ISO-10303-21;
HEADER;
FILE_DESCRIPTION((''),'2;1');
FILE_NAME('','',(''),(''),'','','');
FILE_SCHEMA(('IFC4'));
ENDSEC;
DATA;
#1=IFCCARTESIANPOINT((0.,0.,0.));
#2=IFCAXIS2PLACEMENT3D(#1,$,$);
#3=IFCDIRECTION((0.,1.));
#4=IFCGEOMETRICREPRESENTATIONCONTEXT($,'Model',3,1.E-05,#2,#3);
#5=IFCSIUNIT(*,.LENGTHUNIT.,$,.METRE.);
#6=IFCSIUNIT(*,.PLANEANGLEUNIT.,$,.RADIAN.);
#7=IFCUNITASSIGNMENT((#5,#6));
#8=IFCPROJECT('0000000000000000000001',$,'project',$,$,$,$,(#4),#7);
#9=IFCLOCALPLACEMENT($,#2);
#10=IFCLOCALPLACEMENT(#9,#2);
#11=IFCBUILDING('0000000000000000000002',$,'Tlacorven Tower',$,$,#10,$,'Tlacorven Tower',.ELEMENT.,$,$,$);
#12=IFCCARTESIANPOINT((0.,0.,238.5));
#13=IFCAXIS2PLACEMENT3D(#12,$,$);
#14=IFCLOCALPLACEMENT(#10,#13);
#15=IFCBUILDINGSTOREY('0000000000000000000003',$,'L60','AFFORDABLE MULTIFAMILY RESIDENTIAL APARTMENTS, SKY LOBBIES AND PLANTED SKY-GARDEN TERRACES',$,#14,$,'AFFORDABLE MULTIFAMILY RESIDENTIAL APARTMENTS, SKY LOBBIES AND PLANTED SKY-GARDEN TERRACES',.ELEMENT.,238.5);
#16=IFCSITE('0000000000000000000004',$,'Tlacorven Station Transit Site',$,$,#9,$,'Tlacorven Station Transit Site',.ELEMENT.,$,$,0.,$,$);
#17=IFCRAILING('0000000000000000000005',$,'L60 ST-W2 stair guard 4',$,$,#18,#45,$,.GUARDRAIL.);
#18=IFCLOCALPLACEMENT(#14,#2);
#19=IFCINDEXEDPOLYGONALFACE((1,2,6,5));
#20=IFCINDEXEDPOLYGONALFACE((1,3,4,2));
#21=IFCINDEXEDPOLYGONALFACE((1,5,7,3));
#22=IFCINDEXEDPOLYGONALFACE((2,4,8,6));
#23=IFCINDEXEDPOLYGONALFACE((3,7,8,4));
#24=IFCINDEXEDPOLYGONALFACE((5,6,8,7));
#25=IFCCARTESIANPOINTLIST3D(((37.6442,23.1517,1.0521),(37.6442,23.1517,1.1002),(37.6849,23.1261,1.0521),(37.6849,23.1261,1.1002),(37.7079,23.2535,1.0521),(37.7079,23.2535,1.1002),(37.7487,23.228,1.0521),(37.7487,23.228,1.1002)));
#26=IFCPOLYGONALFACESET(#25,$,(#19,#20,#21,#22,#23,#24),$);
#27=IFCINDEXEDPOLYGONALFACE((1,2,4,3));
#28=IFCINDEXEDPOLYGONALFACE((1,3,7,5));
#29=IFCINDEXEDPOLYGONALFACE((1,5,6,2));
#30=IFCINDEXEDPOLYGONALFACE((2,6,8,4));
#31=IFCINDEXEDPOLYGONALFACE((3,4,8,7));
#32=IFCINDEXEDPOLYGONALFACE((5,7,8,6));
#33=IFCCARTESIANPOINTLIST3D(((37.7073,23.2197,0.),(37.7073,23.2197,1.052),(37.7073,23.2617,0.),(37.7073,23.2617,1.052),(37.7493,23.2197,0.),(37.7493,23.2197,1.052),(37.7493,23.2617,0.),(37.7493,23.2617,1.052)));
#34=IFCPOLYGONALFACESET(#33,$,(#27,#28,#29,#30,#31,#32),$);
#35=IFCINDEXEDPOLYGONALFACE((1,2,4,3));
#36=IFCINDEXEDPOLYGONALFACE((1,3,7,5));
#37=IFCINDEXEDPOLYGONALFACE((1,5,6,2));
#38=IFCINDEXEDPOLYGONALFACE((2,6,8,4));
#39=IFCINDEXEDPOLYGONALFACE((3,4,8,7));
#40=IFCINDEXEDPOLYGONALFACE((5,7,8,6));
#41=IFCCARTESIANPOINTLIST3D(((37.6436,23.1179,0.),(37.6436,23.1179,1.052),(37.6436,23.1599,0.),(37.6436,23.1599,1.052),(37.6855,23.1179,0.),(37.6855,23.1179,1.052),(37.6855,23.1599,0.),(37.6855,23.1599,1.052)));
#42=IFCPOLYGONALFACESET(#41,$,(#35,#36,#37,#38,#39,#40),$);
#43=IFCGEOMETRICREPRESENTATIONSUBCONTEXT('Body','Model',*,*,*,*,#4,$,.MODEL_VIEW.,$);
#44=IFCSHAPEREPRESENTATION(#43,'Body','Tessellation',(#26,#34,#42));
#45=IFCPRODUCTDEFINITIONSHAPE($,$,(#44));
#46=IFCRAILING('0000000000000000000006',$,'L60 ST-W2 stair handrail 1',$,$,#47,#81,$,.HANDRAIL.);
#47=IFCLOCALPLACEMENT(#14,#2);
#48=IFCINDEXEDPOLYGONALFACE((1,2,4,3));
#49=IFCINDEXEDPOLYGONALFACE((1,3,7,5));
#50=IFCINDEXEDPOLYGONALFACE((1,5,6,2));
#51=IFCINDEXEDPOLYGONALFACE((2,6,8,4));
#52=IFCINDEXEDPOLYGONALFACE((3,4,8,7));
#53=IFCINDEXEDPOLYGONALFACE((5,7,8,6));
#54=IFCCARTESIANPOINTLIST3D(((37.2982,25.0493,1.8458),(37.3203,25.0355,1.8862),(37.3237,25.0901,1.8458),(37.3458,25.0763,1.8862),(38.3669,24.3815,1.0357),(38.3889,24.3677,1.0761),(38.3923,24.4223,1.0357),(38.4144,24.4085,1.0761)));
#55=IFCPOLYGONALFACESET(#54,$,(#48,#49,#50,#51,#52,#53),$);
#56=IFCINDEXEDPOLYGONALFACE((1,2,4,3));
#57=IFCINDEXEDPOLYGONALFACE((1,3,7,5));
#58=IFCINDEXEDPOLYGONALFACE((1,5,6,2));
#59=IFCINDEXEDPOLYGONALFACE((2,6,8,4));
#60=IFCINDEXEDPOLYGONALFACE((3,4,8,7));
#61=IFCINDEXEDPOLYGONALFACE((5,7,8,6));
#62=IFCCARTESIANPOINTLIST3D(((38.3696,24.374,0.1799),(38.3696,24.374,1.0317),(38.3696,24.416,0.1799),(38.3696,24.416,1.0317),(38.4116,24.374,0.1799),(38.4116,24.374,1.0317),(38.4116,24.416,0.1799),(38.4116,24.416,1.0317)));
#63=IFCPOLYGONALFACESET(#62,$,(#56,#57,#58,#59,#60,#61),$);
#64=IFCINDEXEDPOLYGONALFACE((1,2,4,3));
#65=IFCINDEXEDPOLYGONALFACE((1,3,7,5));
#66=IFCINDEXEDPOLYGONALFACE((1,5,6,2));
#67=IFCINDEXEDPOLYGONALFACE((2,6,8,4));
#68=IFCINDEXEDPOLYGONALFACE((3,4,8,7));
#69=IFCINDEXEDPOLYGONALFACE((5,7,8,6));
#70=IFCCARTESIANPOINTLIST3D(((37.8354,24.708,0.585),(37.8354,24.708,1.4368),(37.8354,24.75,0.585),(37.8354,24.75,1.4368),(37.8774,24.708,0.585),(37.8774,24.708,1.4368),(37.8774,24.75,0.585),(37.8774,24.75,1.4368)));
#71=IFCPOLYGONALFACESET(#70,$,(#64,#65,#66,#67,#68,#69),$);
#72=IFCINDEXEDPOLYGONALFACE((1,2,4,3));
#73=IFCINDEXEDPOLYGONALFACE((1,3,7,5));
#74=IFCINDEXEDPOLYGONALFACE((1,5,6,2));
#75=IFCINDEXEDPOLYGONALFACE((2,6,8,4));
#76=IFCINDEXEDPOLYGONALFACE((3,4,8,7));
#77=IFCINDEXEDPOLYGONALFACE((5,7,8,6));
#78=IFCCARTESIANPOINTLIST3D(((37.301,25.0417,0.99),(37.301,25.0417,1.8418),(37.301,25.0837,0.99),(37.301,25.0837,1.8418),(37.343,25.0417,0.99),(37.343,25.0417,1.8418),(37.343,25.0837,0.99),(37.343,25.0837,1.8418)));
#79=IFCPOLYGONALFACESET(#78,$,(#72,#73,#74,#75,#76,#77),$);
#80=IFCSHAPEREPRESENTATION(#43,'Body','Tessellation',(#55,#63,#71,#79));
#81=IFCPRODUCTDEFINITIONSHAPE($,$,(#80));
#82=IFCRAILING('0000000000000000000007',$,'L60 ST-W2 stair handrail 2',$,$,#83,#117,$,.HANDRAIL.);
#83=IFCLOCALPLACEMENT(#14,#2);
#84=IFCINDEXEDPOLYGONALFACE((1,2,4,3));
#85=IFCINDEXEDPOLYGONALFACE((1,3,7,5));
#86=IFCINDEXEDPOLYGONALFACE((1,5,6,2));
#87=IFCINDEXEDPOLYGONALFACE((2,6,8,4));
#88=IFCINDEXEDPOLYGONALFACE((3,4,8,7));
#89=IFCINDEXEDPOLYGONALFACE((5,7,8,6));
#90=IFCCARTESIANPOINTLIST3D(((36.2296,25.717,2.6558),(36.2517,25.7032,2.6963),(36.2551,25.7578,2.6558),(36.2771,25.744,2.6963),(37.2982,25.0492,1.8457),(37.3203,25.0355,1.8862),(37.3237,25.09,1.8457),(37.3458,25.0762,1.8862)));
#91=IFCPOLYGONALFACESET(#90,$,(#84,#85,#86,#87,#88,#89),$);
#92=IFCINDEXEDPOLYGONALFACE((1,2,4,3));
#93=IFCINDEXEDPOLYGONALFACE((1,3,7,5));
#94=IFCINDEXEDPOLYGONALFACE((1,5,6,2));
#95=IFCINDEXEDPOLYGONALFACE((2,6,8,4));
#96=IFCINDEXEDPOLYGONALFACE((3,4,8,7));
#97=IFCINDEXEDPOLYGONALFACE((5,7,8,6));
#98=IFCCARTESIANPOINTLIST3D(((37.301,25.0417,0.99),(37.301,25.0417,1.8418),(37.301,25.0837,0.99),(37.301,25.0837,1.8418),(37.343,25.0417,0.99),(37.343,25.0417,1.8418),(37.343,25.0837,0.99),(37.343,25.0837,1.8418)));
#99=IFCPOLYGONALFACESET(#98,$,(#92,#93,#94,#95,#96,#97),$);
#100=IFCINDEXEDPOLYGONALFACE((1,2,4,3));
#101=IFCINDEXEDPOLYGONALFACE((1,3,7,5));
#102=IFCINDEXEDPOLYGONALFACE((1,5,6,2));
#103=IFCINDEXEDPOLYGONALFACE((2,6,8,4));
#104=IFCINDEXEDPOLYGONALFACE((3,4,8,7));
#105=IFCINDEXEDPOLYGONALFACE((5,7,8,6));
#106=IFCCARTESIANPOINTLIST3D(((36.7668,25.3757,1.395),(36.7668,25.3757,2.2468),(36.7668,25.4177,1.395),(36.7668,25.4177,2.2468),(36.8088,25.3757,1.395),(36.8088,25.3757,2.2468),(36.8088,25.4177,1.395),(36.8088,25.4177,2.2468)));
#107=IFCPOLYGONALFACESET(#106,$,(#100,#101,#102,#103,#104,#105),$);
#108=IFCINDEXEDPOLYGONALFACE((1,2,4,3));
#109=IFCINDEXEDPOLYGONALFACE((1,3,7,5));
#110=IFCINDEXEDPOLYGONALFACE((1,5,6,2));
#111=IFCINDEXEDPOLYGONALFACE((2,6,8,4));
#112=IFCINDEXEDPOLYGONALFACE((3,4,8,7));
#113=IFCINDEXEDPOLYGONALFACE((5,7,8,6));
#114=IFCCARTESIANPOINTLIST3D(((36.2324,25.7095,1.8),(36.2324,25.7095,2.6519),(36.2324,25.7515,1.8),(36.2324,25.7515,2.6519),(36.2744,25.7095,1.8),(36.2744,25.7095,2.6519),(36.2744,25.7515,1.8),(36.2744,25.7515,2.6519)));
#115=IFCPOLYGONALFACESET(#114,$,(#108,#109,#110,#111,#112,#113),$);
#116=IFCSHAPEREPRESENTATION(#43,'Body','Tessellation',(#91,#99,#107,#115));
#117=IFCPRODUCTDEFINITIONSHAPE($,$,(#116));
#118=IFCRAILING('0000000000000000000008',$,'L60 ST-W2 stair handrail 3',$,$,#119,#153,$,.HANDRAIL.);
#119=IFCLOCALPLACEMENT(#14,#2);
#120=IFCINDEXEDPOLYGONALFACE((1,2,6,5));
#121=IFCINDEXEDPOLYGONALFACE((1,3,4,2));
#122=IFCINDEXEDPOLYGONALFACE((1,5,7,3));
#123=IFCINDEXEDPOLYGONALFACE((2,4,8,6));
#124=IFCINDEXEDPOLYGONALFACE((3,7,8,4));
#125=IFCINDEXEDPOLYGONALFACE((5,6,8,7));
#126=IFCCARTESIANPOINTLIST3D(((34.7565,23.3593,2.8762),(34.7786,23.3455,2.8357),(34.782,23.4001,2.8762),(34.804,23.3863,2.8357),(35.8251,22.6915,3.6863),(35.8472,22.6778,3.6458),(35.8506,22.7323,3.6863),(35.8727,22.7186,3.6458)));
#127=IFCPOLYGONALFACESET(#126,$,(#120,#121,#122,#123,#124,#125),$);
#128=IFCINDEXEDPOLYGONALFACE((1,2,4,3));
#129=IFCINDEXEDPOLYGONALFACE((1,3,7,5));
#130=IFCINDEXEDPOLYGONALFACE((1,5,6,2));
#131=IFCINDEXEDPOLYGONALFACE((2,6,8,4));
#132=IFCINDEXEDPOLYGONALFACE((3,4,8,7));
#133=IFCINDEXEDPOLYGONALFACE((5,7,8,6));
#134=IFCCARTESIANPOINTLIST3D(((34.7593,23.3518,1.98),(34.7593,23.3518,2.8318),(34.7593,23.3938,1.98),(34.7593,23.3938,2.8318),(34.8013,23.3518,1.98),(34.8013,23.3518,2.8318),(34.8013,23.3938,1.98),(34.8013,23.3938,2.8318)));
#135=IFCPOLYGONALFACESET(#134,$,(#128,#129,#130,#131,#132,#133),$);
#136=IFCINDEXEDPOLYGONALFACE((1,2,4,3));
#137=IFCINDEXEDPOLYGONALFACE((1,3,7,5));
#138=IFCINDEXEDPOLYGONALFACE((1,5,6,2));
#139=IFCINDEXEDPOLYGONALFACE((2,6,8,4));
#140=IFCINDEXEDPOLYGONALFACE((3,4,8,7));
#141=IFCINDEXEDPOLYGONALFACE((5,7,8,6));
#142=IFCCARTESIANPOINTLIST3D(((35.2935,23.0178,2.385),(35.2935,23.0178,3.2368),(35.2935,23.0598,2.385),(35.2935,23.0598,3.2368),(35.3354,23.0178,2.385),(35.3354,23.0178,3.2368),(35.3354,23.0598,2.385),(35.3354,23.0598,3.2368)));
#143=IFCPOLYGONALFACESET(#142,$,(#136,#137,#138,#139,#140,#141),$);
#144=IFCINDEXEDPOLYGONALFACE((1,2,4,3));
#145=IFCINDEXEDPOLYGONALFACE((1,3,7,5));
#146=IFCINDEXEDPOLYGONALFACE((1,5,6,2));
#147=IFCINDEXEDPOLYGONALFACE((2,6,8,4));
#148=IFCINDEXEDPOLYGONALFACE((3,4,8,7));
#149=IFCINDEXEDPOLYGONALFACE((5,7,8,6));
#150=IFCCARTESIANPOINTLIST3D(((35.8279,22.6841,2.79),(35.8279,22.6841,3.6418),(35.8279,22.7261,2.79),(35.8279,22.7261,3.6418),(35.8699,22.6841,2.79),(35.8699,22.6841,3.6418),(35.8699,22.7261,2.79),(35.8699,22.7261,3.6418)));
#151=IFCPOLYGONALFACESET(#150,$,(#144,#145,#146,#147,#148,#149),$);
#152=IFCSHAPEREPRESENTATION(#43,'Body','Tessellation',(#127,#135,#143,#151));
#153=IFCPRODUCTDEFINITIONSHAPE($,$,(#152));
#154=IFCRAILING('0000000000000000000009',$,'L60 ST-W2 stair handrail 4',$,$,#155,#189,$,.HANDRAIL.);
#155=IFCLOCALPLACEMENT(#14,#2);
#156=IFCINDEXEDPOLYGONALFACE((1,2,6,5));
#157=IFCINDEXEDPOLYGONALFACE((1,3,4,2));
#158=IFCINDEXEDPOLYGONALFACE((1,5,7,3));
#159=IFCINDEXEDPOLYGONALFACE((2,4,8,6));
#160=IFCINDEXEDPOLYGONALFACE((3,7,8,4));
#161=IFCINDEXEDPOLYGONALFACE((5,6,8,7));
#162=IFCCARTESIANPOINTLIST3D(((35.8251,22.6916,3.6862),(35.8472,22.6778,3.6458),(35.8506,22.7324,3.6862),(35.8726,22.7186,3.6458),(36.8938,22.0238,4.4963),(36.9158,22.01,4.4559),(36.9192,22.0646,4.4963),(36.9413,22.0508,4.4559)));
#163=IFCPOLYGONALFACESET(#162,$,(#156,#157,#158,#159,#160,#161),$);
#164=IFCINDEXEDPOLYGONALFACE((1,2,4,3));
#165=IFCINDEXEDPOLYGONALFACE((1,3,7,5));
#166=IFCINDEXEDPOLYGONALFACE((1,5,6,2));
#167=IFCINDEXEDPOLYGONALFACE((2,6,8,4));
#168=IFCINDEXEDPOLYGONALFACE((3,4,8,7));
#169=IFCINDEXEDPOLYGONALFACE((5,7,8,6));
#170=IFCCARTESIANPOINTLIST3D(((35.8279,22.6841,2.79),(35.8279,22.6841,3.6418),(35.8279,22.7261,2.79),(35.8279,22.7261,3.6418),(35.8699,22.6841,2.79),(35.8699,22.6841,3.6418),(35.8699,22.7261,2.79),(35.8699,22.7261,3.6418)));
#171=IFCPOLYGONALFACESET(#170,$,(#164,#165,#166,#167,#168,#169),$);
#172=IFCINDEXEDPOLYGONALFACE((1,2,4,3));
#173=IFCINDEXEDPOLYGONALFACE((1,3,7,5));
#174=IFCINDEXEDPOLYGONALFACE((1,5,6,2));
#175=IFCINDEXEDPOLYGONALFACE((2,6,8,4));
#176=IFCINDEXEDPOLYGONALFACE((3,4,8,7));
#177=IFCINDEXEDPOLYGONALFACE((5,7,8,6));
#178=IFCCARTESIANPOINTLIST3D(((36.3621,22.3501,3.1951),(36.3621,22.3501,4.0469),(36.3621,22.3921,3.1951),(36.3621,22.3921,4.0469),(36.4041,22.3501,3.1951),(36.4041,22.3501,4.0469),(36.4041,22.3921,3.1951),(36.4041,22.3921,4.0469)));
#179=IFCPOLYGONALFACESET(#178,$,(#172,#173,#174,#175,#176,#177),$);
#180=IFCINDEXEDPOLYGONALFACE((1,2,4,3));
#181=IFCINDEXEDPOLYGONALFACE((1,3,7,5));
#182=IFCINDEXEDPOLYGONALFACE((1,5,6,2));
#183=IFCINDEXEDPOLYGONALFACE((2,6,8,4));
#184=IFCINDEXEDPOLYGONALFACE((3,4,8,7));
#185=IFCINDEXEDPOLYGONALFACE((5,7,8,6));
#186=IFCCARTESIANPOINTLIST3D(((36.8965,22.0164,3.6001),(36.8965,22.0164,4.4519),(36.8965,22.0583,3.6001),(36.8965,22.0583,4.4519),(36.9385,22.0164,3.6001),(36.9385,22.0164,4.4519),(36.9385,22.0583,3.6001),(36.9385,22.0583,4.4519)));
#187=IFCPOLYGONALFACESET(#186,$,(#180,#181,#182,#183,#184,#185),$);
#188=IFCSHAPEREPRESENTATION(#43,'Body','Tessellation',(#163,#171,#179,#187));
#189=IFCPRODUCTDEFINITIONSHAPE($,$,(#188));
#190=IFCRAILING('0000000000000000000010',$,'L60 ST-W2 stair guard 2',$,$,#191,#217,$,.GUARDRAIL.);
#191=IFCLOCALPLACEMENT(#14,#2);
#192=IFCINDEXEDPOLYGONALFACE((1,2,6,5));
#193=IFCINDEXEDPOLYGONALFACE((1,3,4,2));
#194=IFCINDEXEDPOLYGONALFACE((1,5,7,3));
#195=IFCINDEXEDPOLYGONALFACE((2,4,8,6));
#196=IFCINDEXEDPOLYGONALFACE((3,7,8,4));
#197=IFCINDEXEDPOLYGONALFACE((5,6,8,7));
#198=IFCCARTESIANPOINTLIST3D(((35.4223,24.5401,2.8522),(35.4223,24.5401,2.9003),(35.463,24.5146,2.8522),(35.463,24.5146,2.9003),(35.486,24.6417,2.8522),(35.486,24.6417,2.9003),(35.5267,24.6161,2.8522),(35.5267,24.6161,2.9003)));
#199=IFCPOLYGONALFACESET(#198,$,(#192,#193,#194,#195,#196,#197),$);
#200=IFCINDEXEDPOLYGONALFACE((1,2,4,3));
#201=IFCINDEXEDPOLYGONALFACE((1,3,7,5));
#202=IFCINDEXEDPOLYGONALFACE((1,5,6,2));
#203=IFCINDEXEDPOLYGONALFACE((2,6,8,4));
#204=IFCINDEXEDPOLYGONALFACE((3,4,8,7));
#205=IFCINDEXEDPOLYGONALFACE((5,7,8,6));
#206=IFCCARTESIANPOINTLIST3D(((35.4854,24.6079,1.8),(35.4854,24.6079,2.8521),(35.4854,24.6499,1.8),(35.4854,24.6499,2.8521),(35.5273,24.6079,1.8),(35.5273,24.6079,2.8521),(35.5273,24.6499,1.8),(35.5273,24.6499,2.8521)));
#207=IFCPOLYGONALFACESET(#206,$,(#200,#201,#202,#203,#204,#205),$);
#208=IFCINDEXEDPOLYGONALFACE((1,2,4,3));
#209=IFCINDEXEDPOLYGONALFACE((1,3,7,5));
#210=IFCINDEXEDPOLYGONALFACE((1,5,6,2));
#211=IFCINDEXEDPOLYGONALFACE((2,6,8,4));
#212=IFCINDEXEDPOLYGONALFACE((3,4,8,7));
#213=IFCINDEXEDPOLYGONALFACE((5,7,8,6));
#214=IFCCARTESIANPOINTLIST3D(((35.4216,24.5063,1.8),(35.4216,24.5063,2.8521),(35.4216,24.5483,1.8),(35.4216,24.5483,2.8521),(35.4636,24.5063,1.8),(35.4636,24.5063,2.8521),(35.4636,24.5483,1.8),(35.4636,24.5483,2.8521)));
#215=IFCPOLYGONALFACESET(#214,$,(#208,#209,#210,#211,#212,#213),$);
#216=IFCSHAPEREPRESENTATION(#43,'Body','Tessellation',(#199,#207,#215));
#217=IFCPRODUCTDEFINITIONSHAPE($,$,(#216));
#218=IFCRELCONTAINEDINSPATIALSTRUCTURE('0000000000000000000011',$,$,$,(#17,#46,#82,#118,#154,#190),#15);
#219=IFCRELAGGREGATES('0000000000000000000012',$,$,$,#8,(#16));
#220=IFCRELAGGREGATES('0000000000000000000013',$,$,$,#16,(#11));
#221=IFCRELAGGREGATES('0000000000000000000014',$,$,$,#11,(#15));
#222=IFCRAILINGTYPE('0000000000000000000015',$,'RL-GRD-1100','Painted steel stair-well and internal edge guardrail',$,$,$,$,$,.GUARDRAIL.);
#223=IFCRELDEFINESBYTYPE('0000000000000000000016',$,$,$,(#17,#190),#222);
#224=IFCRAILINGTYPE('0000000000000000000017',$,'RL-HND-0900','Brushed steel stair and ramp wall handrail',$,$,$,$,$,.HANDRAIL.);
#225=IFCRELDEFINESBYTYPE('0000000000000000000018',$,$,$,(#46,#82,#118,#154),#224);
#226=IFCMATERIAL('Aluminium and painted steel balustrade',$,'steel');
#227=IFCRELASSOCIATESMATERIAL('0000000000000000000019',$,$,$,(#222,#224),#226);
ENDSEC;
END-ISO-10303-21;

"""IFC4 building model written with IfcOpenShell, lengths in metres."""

from ifc_helpers import new_model, si_unit, direction, frame, origin, origin_2d, place, context, subcontext, project, spatial, rectangle, extrude, source, transform, mapped, material, type_object, element, save


model = new_model("IFC4")

# Units and contexts
model_context = context("Model", 3, precision=1e-05, world=origin(), true_north=direction((0.0, 1.0)))
body_context = subcontext(model_context, "Body", "Model", "MODEL_VIEW")
ifc_project = project(units=[si_unit("LENGTHUNIT", "METRE"), si_unit("PLANEANGLEUNIT", "RADIAN")], contexts=[model_context])

# Site, building, storey
site_placement = place(None, origin())
site = spatial("IfcSite", under=ifc_project, at=site_placement, Name="Tlacorven Station Transit Site", LongName="Tlacorven Station Transit Site", CompositionType="ELEMENT", RefElevation=0.0)
building_placement = place(site_placement, origin())
building = spatial("IfcBuilding", under=site, at=building_placement, Name="Tlacorven Tower", LongName="Tlacorven Tower", CompositionType="ELEMENT")
storey_placement = place(building_placement, frame((0.0, 0.0, 238.5)))
storey = spatial("IfcBuildingStorey", under=building, at=storey_placement, Name="L60", Description="AFFORDABLE MULTIFAMILY RESIDENTIAL APARTMENTS, SKY LOBBIES AND PLANTED SKY-GARDEN TERRACES", LongName="AFFORDABLE MULTIFAMILY RESIDENTIAL APARTMENTS, SKY LOBBIES AND PLANTED SKY-GARDEN TERRACES", CompositionType="ELEMENT", Elevation=238.5)

# Railings
ifc_material_1 = material(Name="Aluminium and painted steel balustrade", Category="steel")
railing_type_1 = type_object("IfcRailingType", Name="RL-GRD-1100", Description="Painted steel stair-well and internal edge guardrail", PredefinedType="GUARDRAIL", material=ifc_material_1)
shared_shape_1 = source(origin(), body_context, "Body", "SweptSolid", [
    extrude(rectangle(XDim=0.0481, YDim=0.0481, at=origin_2d()), frame((0.0, 0.0, 1.0762), z_axis=(-0.530547, -0.847656, 0.0), x_axis=(0.847656, -0.530547, 0.0)), (0.0, 0.0, 1.0), 0.1201),
    extrude(rectangle(XDim=0.042, YDim=0.042, at=origin_2d()), origin(), (0.0, 0.0, 1.0), 1.052),
    extrude(rectangle(XDim=0.042, YDim=0.042, at=origin_2d()), frame((-0.0637, -0.1018, 0.0)), (0.0, 0.0, 1.0), 1.052),
])
railing_1_placement = place(storey_placement, frame((37.7283, 23.2407, 0.0)))
element("IfcRailing", 1, at=railing_1_placement, inside=storey, type_object=railing_type_1, Name="L60 ST-W2 stair guard 4", PredefinedType="GUARDRAIL", context=body_context, shape_type="MappedRepresentation", body=[
    mapped(shared_shape_1, transform((0.0, 0.0, 0.0), scale=1.0)),
])
railing_type_2 = type_object("IfcRailingType", Name="RL-HND-0900", Description="Brushed steel stair and ramp wall handrail", PredefinedType="HANDRAIL", material=ifc_material_1)
shared_shape_2 = source(origin(), body_context, "Body", "SweptSolid", [
    extrude(rectangle(XDim=0.0481, YDim=0.0481, at=origin_2d()), frame((0.0, 0.0, 0.876), z_axis=(-0.71336, 0.445748, 0.540765), x_axis=(-0.529912, -0.848053, 0.0)), (0.0, 0.0, 1.0), 1.498),
    extrude(rectangle(XDim=0.042, YDim=0.042, at=origin_2d()), origin(), (0.0, 0.0, 1.0), 0.8518),
    extrude(rectangle(XDim=0.042, YDim=0.042, at=origin_2d()), frame((-0.5342, 0.334, 0.405)), (0.0, 0.0, 1.0), 0.8518),
    extrude(rectangle(XDim=0.042, YDim=0.042, at=origin_2d()), frame((-1.0686, 0.6677, 0.8101)), (0.0, 0.0, 1.0), 0.8518),
])
for number, where, name in (
    (2, (38.3906, 24.395, 0.1799), "L60 ST-W2 stair handrail 1"),
    (3, (37.322, 25.0627, 0.99), "L60 ST-W2 stair handrail 2"),
):
    element("IfcRailing", number, at=place(storey_placement, frame(where)), inside=storey, type_object=railing_type_2, Name=name, PredefinedType="HANDRAIL", context=body_context, shape_type="MappedRepresentation", body=[
        mapped(shared_shape_2, transform((0.0, 0.0, 0.0), scale=1.0)),
    ])
shared_shape_3 = source(origin(), body_context, "Body", "SweptSolid", [
    extrude(rectangle(XDim=0.0481, YDim=0.0481, at=origin_2d()), frame((0.0, 0.0, 0.876), z_axis=(0.71336, -0.445748, 0.540765), x_axis=(0.529912, 0.848053, 0.0)), (0.0, 0.0, 1.0), 1.498),
    extrude(rectangle(XDim=0.042, YDim=0.042, at=origin_2d()), origin(), (0.0, 0.0, 1.0), 0.8518),
    extrude(rectangle(XDim=0.042, YDim=0.042, at=origin_2d()), frame((0.5342, -0.334, 0.405)), (0.0, 0.0, 1.0), 0.8518),
    extrude(rectangle(XDim=0.042, YDim=0.042, at=origin_2d()), frame((1.0686, -0.6677, 0.8101)), (0.0, 0.0, 1.0), 0.8518),
])
for number, where, name in (
    (4, (34.7803, 23.3728, 1.98), "L60 ST-W2 stair handrail 3"),
    (5, (35.8489, 22.7051, 2.79), "L60 ST-W2 stair handrail 4"),
):
    element("IfcRailing", number, at=place(storey_placement, frame(where)), inside=storey, type_object=railing_type_2, Name=name, PredefinedType="HANDRAIL", context=body_context, shape_type="MappedRepresentation", body=[
        mapped(shared_shape_3, transform((0.0, 0.0, 0.0), scale=1.0)),
    ])
shared_shape_4 = source(origin(), body_context, "Body", "SweptSolid", [
    extrude(rectangle(XDim=0.0481, YDim=0.0481, at=origin_2d()), frame((0.0, 0.0, 1.0762), z_axis=(-0.531462, -0.847082, 0.0), x_axis=(0.847082, -0.531462, 0.0)), (0.0, 0.0, 1.0), 0.1199),
    extrude(rectangle(XDim=0.042, YDim=0.042, at=origin_2d()), origin(), (0.0, 0.0, 1.0), 1.052),
    extrude(rectangle(XDim=0.042, YDim=0.042, at=origin_2d()), frame((-0.0637, -0.1016, 0.0)), (0.0, 0.0, 1.0), 1.052),
])
railing_2_placement = place(storey_placement, frame((35.5063, 24.6289, 1.8)))
element("IfcRailing", 6, at=railing_2_placement, inside=storey, type_object=railing_type_1, Name="L60 ST-W2 stair guard 2", PredefinedType="GUARDRAIL", context=body_context, shape_type="MappedRepresentation", body=[
    mapped(shared_shape_4, transform((0.0, 0.0, 0.0), scale=1.0)),
])

save(model, "model.ifc")
